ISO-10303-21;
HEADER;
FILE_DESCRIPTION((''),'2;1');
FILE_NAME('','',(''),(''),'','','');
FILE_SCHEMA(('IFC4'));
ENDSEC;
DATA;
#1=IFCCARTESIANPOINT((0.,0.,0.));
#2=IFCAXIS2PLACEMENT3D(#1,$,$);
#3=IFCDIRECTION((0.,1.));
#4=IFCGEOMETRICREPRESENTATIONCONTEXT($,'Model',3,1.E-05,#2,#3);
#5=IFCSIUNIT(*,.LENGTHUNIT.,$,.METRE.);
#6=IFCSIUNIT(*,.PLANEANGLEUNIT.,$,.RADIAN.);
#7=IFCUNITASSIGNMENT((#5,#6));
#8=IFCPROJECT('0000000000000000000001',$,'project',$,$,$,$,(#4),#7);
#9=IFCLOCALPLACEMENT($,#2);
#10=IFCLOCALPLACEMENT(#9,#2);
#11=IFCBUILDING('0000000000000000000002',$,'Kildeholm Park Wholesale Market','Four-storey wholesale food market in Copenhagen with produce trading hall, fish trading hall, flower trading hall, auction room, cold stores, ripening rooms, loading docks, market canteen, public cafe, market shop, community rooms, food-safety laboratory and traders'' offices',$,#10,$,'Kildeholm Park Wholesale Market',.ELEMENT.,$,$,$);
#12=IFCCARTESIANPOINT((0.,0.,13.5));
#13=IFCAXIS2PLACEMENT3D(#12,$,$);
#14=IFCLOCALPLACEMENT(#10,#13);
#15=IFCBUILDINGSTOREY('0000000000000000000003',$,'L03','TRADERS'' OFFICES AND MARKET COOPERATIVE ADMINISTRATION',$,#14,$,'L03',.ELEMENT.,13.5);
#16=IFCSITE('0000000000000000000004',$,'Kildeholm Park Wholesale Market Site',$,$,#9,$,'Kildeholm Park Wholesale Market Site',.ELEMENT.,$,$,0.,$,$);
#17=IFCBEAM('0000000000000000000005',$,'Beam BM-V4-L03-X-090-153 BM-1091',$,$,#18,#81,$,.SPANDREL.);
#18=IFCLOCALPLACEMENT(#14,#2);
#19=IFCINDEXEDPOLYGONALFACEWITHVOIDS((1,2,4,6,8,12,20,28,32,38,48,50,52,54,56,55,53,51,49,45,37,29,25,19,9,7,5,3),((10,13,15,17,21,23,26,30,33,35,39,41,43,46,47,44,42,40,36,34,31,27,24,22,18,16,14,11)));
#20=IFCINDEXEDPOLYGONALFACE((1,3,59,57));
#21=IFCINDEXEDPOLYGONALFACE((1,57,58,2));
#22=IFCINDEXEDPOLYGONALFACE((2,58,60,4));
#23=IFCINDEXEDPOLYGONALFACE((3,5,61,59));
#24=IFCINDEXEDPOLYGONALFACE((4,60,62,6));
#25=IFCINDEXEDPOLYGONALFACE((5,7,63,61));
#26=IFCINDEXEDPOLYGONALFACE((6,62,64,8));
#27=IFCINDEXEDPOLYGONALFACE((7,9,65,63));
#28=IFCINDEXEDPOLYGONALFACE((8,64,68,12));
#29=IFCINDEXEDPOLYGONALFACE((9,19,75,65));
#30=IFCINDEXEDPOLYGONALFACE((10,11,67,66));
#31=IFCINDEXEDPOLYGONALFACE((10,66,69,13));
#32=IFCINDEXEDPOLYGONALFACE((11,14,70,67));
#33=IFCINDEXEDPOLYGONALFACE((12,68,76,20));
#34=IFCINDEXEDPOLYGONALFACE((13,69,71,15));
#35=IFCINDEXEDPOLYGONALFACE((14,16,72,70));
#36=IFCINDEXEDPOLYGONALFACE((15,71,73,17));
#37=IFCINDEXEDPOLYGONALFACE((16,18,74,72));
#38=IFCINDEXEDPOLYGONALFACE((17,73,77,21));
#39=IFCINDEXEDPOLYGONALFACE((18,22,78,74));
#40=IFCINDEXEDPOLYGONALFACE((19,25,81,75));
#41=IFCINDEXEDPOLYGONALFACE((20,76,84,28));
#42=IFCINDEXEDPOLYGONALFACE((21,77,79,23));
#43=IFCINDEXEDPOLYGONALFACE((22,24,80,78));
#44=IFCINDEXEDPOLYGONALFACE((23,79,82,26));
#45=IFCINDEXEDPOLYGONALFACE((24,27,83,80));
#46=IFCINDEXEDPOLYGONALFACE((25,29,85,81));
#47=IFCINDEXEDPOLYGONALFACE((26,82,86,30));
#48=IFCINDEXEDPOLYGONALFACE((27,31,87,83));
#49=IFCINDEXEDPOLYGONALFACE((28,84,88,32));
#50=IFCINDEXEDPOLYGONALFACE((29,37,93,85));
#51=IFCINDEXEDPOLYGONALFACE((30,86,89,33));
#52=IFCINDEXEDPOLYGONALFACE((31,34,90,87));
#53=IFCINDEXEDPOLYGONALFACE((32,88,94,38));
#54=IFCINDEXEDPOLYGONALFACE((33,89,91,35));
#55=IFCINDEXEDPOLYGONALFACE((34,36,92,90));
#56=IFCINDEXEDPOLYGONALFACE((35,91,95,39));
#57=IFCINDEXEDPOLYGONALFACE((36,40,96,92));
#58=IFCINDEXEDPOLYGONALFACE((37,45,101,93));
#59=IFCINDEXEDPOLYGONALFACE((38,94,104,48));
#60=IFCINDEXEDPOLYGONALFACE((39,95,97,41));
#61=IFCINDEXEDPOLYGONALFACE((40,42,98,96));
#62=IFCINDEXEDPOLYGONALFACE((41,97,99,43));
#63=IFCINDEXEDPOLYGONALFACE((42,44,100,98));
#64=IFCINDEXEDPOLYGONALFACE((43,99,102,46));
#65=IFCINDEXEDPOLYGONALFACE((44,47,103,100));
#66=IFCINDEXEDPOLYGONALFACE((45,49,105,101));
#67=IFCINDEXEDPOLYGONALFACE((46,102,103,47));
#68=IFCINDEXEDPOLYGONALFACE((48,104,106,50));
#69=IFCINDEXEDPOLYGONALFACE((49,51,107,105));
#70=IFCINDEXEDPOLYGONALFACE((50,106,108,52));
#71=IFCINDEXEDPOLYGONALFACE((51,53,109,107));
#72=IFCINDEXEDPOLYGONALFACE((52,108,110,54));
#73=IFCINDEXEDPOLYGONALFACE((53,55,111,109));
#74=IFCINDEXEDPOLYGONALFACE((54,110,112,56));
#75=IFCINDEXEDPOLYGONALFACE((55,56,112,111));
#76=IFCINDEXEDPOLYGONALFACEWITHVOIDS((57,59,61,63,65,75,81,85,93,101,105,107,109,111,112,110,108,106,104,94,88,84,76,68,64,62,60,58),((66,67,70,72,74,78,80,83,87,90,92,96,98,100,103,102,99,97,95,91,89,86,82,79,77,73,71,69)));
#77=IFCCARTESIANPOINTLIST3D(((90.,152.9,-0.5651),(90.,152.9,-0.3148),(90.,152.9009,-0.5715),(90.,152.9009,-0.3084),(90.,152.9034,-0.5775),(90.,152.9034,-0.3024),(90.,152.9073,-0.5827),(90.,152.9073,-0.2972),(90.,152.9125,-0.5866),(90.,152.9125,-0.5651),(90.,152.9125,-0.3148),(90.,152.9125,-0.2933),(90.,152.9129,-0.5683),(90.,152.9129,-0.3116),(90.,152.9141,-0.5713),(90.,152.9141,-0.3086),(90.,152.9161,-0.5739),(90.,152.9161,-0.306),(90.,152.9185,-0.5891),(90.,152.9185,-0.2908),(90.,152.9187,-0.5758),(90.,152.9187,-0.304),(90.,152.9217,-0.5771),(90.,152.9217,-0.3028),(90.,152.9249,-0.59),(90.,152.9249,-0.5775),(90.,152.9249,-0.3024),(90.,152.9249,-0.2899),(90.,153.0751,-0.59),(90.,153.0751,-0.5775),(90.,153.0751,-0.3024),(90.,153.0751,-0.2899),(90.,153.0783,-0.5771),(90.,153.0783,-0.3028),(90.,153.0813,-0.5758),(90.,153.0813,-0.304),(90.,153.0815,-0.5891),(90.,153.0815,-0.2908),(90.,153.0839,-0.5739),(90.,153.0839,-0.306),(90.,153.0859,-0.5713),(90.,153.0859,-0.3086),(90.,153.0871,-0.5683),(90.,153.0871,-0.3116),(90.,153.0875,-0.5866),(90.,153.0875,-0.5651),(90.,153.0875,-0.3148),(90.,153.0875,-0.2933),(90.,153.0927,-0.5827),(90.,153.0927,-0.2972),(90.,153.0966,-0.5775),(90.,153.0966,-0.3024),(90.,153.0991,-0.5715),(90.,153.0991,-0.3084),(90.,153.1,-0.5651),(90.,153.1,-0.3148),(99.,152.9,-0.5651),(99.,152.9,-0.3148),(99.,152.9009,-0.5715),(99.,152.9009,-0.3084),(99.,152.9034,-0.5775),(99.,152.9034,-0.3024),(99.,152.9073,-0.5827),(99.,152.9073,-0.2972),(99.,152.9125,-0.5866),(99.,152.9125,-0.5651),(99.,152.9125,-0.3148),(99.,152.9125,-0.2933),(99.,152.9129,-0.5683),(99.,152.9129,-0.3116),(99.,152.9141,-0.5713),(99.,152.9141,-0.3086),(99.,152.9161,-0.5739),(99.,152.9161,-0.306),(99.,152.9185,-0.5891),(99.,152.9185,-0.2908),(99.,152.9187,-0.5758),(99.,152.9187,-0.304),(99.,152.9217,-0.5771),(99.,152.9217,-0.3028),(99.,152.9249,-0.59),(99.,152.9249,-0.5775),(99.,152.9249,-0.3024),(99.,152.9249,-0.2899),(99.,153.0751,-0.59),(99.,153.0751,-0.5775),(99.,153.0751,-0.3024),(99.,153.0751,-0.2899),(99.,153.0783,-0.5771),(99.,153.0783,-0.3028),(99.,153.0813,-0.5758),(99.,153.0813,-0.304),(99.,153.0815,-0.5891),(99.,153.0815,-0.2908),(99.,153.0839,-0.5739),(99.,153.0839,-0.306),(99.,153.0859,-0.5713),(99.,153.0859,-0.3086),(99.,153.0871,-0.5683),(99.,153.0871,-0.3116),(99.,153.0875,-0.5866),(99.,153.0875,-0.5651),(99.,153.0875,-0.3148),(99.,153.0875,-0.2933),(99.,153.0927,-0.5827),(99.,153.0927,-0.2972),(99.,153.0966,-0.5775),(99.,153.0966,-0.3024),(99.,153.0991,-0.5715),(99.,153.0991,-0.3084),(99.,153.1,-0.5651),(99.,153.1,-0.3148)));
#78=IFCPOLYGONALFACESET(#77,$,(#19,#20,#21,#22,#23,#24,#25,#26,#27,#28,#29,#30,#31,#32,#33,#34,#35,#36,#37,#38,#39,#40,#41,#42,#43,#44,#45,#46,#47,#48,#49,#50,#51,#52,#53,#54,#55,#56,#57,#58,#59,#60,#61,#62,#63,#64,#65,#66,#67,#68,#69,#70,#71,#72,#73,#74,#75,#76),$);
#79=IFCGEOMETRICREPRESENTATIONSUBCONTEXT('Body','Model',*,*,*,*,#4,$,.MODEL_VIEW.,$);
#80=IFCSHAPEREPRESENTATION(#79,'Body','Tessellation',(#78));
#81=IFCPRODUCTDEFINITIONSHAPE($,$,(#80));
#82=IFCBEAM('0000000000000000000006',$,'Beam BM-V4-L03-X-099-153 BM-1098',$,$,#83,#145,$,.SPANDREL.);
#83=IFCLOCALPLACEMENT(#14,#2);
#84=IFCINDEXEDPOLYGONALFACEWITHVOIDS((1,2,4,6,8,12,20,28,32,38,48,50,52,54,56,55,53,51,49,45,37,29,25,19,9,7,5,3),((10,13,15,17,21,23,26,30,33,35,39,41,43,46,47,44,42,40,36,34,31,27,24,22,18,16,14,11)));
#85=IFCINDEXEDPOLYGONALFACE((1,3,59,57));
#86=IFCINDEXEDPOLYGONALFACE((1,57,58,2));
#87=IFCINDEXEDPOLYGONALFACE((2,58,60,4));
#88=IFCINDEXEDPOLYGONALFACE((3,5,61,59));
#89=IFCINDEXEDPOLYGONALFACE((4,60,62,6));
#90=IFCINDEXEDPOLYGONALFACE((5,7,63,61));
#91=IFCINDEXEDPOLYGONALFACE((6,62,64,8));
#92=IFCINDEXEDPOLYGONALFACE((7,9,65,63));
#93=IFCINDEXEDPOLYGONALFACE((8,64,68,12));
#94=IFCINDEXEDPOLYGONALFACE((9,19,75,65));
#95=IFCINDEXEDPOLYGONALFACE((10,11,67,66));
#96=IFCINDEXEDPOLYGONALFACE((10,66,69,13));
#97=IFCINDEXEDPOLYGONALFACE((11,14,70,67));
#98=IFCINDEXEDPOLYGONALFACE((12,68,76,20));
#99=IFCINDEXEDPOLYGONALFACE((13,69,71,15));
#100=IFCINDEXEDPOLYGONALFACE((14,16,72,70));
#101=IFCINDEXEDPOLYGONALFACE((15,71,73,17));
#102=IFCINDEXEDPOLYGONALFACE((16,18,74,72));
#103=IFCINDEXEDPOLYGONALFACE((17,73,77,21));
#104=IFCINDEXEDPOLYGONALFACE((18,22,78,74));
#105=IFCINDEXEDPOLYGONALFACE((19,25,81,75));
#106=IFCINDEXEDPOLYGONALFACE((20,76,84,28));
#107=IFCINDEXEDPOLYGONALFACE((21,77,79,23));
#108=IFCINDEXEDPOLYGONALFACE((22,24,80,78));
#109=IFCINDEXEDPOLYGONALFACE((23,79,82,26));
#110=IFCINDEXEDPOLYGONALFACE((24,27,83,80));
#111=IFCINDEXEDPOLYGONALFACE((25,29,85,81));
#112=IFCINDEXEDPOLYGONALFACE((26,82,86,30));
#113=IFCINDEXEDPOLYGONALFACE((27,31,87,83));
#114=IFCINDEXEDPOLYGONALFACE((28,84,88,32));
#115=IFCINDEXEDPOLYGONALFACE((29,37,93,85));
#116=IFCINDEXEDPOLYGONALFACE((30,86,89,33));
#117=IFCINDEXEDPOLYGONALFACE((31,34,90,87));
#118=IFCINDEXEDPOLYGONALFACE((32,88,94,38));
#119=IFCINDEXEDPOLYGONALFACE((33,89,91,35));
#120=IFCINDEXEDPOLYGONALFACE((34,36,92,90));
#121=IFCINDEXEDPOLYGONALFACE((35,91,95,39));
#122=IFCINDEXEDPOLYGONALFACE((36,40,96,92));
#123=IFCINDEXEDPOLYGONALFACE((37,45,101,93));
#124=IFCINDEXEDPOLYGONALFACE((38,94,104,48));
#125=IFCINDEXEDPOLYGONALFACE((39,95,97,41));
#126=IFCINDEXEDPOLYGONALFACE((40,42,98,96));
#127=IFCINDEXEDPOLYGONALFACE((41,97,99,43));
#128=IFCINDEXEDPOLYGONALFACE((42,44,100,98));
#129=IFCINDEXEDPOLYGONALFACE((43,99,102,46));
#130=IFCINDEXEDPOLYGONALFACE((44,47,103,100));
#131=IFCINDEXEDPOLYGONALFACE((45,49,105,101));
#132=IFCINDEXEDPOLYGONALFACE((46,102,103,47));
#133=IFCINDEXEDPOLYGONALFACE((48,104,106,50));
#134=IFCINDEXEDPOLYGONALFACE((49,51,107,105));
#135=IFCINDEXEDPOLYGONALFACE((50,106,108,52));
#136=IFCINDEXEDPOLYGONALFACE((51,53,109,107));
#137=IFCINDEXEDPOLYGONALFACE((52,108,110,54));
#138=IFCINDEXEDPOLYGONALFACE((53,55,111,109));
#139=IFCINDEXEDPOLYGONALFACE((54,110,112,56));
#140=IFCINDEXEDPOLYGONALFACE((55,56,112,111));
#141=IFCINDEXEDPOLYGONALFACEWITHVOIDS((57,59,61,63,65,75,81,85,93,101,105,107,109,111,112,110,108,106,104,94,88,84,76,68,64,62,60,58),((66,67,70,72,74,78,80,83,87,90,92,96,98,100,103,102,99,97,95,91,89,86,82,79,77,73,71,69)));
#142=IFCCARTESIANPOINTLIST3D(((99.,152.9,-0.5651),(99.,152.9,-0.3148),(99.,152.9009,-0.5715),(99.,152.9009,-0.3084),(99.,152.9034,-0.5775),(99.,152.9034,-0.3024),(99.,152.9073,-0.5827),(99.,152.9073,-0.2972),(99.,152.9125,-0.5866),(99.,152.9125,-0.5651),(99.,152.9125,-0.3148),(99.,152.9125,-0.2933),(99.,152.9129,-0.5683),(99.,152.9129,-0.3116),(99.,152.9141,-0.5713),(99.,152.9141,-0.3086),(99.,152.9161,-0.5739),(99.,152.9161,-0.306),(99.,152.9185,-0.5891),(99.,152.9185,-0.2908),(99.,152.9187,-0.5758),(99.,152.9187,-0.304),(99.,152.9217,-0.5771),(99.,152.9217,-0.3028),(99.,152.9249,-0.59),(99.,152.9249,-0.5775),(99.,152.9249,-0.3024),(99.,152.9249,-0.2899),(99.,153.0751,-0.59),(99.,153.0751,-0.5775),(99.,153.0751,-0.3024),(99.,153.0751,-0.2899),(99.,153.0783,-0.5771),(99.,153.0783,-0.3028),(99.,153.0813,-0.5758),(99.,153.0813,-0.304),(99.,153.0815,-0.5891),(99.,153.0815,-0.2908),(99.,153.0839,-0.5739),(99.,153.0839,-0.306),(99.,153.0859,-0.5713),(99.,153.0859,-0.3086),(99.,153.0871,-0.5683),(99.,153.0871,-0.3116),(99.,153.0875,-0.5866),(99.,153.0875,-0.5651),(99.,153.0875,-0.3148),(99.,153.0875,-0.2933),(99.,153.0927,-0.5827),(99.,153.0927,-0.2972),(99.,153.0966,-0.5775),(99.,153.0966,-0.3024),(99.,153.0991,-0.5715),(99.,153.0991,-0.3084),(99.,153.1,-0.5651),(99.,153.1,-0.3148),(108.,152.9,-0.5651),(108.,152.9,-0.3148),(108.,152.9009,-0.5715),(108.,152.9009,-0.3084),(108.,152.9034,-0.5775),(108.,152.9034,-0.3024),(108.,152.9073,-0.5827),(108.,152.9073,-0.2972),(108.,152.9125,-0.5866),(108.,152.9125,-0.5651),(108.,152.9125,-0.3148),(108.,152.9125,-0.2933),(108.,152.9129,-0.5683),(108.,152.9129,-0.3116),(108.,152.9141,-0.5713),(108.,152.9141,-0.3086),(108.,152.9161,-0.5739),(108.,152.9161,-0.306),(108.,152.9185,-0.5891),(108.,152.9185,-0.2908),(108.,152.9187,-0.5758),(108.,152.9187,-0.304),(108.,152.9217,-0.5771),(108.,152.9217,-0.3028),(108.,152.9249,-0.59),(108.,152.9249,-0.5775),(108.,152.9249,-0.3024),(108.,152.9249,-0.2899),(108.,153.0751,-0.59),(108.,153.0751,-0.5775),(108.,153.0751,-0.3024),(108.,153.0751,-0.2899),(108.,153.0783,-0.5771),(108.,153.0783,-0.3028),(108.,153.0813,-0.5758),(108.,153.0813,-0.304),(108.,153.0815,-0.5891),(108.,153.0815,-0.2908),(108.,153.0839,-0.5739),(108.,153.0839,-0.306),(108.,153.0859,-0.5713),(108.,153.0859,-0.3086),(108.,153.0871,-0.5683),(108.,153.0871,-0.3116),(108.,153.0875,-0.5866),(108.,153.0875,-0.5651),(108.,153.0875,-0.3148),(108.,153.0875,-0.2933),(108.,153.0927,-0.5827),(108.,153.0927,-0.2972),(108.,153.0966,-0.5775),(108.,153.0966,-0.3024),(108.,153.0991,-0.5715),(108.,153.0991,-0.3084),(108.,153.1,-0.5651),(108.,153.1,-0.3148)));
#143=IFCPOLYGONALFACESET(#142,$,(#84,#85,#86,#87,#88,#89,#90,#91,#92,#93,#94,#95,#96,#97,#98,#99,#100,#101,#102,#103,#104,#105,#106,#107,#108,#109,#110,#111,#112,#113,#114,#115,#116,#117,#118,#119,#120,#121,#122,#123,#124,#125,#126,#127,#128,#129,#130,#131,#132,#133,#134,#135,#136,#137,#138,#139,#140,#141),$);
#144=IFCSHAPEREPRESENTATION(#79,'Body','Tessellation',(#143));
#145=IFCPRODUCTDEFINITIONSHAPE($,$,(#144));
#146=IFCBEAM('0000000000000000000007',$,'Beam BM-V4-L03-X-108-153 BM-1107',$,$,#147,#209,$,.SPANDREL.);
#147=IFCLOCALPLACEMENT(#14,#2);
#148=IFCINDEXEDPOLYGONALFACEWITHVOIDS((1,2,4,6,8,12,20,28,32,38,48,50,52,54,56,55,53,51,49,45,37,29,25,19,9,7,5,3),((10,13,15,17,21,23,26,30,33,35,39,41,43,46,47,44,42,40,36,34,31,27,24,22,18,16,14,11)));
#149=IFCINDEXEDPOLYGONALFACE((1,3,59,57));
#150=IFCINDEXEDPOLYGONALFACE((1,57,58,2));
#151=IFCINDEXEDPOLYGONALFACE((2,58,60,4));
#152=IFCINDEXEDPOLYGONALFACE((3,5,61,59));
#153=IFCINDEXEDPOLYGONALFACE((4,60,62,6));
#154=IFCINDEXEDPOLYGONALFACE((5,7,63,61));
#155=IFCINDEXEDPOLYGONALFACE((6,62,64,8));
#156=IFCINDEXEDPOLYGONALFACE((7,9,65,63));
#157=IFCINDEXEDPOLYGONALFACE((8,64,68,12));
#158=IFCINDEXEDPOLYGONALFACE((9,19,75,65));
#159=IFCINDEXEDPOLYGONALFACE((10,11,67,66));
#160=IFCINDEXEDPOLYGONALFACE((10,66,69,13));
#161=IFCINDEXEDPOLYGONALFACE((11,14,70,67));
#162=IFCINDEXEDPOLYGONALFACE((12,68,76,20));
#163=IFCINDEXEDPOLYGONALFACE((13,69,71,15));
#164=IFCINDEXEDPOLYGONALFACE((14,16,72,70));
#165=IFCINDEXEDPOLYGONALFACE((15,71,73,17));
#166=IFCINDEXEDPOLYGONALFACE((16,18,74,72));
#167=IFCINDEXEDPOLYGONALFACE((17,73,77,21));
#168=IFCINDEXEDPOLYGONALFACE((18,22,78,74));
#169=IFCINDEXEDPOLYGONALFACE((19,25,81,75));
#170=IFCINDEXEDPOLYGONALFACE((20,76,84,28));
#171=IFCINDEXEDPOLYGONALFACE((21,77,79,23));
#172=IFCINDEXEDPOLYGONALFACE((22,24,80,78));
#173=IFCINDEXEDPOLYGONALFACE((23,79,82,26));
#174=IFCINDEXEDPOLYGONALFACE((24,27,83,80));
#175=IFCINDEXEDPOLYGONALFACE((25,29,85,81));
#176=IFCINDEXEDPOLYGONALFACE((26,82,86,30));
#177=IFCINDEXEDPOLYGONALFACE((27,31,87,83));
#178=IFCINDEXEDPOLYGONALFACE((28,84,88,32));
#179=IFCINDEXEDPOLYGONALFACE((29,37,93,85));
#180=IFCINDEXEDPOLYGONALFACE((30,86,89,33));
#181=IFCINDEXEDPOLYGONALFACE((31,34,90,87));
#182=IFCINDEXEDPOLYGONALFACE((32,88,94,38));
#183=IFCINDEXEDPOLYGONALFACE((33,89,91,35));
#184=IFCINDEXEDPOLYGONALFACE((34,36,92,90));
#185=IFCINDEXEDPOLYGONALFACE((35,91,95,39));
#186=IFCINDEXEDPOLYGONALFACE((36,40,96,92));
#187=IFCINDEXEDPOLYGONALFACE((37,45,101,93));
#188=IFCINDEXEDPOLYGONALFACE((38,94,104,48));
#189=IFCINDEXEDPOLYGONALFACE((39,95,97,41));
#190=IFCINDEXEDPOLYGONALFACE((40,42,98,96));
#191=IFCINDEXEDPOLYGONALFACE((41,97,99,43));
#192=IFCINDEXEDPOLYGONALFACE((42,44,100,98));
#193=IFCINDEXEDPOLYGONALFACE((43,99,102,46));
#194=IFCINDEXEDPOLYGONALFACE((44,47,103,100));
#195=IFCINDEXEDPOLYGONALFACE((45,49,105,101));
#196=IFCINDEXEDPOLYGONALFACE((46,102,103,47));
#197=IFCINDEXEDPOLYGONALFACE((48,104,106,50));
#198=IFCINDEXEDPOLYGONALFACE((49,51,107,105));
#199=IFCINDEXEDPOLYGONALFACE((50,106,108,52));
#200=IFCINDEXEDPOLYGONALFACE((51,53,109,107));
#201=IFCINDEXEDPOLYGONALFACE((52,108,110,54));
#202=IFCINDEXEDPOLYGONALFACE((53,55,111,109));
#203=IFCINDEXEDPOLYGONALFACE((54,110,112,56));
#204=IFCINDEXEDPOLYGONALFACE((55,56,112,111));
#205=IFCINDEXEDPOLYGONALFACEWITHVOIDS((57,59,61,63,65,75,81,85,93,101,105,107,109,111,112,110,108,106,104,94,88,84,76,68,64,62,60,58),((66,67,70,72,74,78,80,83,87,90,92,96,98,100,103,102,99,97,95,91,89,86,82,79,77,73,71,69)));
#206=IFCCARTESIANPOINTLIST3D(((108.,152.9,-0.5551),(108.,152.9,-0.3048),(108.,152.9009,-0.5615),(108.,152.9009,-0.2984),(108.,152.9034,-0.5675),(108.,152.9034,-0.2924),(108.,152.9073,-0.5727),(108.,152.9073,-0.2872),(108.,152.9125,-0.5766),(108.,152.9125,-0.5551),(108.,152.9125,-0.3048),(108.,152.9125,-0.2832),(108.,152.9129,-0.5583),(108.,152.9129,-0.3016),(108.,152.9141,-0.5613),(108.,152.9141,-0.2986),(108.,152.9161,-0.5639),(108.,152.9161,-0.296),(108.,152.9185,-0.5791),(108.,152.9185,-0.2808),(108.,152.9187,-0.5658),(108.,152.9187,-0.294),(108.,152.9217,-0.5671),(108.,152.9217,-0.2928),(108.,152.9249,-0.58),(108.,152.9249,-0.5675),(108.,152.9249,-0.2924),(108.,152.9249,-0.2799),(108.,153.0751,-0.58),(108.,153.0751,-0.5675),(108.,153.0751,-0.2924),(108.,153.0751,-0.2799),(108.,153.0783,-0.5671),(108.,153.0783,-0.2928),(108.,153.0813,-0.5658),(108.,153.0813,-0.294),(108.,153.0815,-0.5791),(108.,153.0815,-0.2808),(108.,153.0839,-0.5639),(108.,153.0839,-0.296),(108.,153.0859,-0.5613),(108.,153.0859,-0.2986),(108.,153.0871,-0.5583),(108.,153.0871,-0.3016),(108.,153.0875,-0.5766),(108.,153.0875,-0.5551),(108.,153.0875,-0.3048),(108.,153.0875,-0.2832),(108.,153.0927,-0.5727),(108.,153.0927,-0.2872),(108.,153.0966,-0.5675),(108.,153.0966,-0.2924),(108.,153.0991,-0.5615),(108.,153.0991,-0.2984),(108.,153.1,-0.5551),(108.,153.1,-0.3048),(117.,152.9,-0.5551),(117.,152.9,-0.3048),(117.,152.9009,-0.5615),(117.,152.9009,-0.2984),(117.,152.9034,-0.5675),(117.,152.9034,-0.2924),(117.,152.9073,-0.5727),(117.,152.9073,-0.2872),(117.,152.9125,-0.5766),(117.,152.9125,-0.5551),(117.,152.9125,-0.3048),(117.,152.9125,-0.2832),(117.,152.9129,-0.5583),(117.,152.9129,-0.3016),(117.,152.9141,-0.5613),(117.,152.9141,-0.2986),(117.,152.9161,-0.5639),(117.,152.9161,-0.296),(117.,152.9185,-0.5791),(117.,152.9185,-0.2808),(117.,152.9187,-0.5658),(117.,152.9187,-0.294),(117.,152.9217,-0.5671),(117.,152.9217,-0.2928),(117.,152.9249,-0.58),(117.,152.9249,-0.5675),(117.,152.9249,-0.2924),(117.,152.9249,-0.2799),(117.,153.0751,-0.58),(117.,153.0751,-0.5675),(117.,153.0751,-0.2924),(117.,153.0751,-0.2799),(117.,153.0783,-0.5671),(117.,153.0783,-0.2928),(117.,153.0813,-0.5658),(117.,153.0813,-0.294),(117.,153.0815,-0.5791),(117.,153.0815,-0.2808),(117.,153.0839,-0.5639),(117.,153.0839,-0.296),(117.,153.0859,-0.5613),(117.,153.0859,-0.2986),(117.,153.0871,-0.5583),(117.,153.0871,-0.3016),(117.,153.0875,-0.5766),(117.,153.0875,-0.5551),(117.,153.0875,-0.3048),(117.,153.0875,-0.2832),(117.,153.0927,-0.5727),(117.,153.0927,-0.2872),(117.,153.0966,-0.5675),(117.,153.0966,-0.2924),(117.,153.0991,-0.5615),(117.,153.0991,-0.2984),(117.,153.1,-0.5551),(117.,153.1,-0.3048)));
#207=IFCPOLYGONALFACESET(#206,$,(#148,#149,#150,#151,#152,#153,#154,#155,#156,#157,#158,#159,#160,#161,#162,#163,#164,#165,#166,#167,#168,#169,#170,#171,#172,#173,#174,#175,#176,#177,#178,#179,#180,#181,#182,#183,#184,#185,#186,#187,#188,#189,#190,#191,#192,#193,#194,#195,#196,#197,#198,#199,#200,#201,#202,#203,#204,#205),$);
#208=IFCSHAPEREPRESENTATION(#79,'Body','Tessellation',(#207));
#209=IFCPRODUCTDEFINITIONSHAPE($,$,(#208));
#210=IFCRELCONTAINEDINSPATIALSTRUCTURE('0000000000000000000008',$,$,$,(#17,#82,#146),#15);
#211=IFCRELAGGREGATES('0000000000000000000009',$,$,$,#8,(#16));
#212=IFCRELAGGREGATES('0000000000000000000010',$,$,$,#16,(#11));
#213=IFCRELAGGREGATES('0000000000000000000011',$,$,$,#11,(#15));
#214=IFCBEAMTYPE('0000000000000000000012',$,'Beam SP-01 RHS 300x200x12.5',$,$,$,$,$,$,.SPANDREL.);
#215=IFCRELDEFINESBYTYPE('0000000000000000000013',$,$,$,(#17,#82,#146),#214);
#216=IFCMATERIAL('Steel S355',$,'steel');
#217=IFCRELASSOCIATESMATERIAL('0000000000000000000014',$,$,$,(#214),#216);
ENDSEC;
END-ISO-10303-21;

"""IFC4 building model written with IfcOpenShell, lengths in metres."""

from ifc_helpers import new_model, si_unit, direction, frame, origin, origin_2d, place, context, subcontext, project, spatial, hollow_rectangle, extrude, material, material_profile, profile_set, type_object, element, save


model = new_model("IFC4")

# Units and contexts
model_context = context("Model", 3, precision=1e-05, world=origin(), true_north=direction((0.0, 1.0)))
body_context = subcontext(model_context, "Body", "Model", "MODEL_VIEW")
ifc_project = project(units=[si_unit("LENGTHUNIT", "METRE"), si_unit("PLANEANGLEUNIT", "RADIAN")], contexts=[model_context])

# Site, building, storey
site_placement = place(None, origin())
site = spatial("IfcSite", under=ifc_project, at=site_placement, Name="Kildeholm Park Wholesale Market Site", LongName="Kildeholm Park Wholesale Market Site", CompositionType="ELEMENT", RefElevation=0.0)
building_placement = place(site_placement, origin())
building = spatial("IfcBuilding", under=site, at=building_placement, Name="Kildeholm Park Wholesale Market", Description="Four-storey wholesale food market in Copenhagen with produce trading hall, fish trading hall, flower trading hall, auction room, cold stores, ripening rooms, loading docks, market canteen, public cafe, market shop, community rooms, food-safety laboratory and traders' offices", LongName="Kildeholm Park Wholesale Market", CompositionType="ELEMENT")
storey_placement = place(building_placement, frame((0.0, 0.0, 13.5)))
storey = spatial("IfcBuildingStorey", under=building, at=storey_placement, Name="L03", Description="TRADERS' OFFICES AND MARKET COOPERATIVE ADMINISTRATION", LongName="L03", CompositionType="ELEMENT", Elevation=13.5)

# Beams
ifc_material = material(Name="Steel S355", Category="steel")
ifc_material_profile_1 = material_profile(ifc_material, hollow_rectangle(XDim=0.2, YDim=0.3, WallThickness=0.0125, InnerFilletRadius=0.0125, OuterFilletRadius=0.0249, at=origin_2d()), Name="RHS 300x200x12.5")
ifc_profile_set_1 = profile_set([ifc_material_profile_1], Name="Steel S355")
beam_type_1 = type_object("IfcBeamType", Name="Beam SP-01 RHS 300x200x12.5", PredefinedType="SPANDREL", material=ifc_profile_set_1)
for number, where, z_axis, x_axis, name in (
    (1, (90.0, 153.0, -0.4399), (1.0, 0.0, 0.0), (0.0, 1.0, 0.0), "Beam BM-V4-L03-X-090-153 BM-1091"),
    (2, (99.0, 153.0, -0.4399), (1.0, 0.0, 0.0), (0.0, 1.0, 0.0), "Beam BM-V4-L03-X-099-153 BM-1098"),
    (3, (108.0, 153.0, -0.4299), (1.0, 0.0, 0.0), (0.0, 1.0, 0.0), "Beam BM-V4-L03-X-108-153 BM-1107"),
):
    element("IfcBeam", number, at=place(storey_placement, frame(where, z_axis=z_axis, x_axis=x_axis)), inside=storey, type_object=beam_type_1, Name=name, PredefinedType="SPANDREL", context=body_context, shape_type="SweptSolid", body=[
        extrude(hollow_rectangle(XDim=0.2, YDim=0.3, WallThickness=0.0125, InnerFilletRadius=0.0125, OuterFilletRadius=0.0249, at=origin_2d()), origin(), (0.0, 0.0, 1.0), 9.0),
    ])

save(model, "model.ifc")
